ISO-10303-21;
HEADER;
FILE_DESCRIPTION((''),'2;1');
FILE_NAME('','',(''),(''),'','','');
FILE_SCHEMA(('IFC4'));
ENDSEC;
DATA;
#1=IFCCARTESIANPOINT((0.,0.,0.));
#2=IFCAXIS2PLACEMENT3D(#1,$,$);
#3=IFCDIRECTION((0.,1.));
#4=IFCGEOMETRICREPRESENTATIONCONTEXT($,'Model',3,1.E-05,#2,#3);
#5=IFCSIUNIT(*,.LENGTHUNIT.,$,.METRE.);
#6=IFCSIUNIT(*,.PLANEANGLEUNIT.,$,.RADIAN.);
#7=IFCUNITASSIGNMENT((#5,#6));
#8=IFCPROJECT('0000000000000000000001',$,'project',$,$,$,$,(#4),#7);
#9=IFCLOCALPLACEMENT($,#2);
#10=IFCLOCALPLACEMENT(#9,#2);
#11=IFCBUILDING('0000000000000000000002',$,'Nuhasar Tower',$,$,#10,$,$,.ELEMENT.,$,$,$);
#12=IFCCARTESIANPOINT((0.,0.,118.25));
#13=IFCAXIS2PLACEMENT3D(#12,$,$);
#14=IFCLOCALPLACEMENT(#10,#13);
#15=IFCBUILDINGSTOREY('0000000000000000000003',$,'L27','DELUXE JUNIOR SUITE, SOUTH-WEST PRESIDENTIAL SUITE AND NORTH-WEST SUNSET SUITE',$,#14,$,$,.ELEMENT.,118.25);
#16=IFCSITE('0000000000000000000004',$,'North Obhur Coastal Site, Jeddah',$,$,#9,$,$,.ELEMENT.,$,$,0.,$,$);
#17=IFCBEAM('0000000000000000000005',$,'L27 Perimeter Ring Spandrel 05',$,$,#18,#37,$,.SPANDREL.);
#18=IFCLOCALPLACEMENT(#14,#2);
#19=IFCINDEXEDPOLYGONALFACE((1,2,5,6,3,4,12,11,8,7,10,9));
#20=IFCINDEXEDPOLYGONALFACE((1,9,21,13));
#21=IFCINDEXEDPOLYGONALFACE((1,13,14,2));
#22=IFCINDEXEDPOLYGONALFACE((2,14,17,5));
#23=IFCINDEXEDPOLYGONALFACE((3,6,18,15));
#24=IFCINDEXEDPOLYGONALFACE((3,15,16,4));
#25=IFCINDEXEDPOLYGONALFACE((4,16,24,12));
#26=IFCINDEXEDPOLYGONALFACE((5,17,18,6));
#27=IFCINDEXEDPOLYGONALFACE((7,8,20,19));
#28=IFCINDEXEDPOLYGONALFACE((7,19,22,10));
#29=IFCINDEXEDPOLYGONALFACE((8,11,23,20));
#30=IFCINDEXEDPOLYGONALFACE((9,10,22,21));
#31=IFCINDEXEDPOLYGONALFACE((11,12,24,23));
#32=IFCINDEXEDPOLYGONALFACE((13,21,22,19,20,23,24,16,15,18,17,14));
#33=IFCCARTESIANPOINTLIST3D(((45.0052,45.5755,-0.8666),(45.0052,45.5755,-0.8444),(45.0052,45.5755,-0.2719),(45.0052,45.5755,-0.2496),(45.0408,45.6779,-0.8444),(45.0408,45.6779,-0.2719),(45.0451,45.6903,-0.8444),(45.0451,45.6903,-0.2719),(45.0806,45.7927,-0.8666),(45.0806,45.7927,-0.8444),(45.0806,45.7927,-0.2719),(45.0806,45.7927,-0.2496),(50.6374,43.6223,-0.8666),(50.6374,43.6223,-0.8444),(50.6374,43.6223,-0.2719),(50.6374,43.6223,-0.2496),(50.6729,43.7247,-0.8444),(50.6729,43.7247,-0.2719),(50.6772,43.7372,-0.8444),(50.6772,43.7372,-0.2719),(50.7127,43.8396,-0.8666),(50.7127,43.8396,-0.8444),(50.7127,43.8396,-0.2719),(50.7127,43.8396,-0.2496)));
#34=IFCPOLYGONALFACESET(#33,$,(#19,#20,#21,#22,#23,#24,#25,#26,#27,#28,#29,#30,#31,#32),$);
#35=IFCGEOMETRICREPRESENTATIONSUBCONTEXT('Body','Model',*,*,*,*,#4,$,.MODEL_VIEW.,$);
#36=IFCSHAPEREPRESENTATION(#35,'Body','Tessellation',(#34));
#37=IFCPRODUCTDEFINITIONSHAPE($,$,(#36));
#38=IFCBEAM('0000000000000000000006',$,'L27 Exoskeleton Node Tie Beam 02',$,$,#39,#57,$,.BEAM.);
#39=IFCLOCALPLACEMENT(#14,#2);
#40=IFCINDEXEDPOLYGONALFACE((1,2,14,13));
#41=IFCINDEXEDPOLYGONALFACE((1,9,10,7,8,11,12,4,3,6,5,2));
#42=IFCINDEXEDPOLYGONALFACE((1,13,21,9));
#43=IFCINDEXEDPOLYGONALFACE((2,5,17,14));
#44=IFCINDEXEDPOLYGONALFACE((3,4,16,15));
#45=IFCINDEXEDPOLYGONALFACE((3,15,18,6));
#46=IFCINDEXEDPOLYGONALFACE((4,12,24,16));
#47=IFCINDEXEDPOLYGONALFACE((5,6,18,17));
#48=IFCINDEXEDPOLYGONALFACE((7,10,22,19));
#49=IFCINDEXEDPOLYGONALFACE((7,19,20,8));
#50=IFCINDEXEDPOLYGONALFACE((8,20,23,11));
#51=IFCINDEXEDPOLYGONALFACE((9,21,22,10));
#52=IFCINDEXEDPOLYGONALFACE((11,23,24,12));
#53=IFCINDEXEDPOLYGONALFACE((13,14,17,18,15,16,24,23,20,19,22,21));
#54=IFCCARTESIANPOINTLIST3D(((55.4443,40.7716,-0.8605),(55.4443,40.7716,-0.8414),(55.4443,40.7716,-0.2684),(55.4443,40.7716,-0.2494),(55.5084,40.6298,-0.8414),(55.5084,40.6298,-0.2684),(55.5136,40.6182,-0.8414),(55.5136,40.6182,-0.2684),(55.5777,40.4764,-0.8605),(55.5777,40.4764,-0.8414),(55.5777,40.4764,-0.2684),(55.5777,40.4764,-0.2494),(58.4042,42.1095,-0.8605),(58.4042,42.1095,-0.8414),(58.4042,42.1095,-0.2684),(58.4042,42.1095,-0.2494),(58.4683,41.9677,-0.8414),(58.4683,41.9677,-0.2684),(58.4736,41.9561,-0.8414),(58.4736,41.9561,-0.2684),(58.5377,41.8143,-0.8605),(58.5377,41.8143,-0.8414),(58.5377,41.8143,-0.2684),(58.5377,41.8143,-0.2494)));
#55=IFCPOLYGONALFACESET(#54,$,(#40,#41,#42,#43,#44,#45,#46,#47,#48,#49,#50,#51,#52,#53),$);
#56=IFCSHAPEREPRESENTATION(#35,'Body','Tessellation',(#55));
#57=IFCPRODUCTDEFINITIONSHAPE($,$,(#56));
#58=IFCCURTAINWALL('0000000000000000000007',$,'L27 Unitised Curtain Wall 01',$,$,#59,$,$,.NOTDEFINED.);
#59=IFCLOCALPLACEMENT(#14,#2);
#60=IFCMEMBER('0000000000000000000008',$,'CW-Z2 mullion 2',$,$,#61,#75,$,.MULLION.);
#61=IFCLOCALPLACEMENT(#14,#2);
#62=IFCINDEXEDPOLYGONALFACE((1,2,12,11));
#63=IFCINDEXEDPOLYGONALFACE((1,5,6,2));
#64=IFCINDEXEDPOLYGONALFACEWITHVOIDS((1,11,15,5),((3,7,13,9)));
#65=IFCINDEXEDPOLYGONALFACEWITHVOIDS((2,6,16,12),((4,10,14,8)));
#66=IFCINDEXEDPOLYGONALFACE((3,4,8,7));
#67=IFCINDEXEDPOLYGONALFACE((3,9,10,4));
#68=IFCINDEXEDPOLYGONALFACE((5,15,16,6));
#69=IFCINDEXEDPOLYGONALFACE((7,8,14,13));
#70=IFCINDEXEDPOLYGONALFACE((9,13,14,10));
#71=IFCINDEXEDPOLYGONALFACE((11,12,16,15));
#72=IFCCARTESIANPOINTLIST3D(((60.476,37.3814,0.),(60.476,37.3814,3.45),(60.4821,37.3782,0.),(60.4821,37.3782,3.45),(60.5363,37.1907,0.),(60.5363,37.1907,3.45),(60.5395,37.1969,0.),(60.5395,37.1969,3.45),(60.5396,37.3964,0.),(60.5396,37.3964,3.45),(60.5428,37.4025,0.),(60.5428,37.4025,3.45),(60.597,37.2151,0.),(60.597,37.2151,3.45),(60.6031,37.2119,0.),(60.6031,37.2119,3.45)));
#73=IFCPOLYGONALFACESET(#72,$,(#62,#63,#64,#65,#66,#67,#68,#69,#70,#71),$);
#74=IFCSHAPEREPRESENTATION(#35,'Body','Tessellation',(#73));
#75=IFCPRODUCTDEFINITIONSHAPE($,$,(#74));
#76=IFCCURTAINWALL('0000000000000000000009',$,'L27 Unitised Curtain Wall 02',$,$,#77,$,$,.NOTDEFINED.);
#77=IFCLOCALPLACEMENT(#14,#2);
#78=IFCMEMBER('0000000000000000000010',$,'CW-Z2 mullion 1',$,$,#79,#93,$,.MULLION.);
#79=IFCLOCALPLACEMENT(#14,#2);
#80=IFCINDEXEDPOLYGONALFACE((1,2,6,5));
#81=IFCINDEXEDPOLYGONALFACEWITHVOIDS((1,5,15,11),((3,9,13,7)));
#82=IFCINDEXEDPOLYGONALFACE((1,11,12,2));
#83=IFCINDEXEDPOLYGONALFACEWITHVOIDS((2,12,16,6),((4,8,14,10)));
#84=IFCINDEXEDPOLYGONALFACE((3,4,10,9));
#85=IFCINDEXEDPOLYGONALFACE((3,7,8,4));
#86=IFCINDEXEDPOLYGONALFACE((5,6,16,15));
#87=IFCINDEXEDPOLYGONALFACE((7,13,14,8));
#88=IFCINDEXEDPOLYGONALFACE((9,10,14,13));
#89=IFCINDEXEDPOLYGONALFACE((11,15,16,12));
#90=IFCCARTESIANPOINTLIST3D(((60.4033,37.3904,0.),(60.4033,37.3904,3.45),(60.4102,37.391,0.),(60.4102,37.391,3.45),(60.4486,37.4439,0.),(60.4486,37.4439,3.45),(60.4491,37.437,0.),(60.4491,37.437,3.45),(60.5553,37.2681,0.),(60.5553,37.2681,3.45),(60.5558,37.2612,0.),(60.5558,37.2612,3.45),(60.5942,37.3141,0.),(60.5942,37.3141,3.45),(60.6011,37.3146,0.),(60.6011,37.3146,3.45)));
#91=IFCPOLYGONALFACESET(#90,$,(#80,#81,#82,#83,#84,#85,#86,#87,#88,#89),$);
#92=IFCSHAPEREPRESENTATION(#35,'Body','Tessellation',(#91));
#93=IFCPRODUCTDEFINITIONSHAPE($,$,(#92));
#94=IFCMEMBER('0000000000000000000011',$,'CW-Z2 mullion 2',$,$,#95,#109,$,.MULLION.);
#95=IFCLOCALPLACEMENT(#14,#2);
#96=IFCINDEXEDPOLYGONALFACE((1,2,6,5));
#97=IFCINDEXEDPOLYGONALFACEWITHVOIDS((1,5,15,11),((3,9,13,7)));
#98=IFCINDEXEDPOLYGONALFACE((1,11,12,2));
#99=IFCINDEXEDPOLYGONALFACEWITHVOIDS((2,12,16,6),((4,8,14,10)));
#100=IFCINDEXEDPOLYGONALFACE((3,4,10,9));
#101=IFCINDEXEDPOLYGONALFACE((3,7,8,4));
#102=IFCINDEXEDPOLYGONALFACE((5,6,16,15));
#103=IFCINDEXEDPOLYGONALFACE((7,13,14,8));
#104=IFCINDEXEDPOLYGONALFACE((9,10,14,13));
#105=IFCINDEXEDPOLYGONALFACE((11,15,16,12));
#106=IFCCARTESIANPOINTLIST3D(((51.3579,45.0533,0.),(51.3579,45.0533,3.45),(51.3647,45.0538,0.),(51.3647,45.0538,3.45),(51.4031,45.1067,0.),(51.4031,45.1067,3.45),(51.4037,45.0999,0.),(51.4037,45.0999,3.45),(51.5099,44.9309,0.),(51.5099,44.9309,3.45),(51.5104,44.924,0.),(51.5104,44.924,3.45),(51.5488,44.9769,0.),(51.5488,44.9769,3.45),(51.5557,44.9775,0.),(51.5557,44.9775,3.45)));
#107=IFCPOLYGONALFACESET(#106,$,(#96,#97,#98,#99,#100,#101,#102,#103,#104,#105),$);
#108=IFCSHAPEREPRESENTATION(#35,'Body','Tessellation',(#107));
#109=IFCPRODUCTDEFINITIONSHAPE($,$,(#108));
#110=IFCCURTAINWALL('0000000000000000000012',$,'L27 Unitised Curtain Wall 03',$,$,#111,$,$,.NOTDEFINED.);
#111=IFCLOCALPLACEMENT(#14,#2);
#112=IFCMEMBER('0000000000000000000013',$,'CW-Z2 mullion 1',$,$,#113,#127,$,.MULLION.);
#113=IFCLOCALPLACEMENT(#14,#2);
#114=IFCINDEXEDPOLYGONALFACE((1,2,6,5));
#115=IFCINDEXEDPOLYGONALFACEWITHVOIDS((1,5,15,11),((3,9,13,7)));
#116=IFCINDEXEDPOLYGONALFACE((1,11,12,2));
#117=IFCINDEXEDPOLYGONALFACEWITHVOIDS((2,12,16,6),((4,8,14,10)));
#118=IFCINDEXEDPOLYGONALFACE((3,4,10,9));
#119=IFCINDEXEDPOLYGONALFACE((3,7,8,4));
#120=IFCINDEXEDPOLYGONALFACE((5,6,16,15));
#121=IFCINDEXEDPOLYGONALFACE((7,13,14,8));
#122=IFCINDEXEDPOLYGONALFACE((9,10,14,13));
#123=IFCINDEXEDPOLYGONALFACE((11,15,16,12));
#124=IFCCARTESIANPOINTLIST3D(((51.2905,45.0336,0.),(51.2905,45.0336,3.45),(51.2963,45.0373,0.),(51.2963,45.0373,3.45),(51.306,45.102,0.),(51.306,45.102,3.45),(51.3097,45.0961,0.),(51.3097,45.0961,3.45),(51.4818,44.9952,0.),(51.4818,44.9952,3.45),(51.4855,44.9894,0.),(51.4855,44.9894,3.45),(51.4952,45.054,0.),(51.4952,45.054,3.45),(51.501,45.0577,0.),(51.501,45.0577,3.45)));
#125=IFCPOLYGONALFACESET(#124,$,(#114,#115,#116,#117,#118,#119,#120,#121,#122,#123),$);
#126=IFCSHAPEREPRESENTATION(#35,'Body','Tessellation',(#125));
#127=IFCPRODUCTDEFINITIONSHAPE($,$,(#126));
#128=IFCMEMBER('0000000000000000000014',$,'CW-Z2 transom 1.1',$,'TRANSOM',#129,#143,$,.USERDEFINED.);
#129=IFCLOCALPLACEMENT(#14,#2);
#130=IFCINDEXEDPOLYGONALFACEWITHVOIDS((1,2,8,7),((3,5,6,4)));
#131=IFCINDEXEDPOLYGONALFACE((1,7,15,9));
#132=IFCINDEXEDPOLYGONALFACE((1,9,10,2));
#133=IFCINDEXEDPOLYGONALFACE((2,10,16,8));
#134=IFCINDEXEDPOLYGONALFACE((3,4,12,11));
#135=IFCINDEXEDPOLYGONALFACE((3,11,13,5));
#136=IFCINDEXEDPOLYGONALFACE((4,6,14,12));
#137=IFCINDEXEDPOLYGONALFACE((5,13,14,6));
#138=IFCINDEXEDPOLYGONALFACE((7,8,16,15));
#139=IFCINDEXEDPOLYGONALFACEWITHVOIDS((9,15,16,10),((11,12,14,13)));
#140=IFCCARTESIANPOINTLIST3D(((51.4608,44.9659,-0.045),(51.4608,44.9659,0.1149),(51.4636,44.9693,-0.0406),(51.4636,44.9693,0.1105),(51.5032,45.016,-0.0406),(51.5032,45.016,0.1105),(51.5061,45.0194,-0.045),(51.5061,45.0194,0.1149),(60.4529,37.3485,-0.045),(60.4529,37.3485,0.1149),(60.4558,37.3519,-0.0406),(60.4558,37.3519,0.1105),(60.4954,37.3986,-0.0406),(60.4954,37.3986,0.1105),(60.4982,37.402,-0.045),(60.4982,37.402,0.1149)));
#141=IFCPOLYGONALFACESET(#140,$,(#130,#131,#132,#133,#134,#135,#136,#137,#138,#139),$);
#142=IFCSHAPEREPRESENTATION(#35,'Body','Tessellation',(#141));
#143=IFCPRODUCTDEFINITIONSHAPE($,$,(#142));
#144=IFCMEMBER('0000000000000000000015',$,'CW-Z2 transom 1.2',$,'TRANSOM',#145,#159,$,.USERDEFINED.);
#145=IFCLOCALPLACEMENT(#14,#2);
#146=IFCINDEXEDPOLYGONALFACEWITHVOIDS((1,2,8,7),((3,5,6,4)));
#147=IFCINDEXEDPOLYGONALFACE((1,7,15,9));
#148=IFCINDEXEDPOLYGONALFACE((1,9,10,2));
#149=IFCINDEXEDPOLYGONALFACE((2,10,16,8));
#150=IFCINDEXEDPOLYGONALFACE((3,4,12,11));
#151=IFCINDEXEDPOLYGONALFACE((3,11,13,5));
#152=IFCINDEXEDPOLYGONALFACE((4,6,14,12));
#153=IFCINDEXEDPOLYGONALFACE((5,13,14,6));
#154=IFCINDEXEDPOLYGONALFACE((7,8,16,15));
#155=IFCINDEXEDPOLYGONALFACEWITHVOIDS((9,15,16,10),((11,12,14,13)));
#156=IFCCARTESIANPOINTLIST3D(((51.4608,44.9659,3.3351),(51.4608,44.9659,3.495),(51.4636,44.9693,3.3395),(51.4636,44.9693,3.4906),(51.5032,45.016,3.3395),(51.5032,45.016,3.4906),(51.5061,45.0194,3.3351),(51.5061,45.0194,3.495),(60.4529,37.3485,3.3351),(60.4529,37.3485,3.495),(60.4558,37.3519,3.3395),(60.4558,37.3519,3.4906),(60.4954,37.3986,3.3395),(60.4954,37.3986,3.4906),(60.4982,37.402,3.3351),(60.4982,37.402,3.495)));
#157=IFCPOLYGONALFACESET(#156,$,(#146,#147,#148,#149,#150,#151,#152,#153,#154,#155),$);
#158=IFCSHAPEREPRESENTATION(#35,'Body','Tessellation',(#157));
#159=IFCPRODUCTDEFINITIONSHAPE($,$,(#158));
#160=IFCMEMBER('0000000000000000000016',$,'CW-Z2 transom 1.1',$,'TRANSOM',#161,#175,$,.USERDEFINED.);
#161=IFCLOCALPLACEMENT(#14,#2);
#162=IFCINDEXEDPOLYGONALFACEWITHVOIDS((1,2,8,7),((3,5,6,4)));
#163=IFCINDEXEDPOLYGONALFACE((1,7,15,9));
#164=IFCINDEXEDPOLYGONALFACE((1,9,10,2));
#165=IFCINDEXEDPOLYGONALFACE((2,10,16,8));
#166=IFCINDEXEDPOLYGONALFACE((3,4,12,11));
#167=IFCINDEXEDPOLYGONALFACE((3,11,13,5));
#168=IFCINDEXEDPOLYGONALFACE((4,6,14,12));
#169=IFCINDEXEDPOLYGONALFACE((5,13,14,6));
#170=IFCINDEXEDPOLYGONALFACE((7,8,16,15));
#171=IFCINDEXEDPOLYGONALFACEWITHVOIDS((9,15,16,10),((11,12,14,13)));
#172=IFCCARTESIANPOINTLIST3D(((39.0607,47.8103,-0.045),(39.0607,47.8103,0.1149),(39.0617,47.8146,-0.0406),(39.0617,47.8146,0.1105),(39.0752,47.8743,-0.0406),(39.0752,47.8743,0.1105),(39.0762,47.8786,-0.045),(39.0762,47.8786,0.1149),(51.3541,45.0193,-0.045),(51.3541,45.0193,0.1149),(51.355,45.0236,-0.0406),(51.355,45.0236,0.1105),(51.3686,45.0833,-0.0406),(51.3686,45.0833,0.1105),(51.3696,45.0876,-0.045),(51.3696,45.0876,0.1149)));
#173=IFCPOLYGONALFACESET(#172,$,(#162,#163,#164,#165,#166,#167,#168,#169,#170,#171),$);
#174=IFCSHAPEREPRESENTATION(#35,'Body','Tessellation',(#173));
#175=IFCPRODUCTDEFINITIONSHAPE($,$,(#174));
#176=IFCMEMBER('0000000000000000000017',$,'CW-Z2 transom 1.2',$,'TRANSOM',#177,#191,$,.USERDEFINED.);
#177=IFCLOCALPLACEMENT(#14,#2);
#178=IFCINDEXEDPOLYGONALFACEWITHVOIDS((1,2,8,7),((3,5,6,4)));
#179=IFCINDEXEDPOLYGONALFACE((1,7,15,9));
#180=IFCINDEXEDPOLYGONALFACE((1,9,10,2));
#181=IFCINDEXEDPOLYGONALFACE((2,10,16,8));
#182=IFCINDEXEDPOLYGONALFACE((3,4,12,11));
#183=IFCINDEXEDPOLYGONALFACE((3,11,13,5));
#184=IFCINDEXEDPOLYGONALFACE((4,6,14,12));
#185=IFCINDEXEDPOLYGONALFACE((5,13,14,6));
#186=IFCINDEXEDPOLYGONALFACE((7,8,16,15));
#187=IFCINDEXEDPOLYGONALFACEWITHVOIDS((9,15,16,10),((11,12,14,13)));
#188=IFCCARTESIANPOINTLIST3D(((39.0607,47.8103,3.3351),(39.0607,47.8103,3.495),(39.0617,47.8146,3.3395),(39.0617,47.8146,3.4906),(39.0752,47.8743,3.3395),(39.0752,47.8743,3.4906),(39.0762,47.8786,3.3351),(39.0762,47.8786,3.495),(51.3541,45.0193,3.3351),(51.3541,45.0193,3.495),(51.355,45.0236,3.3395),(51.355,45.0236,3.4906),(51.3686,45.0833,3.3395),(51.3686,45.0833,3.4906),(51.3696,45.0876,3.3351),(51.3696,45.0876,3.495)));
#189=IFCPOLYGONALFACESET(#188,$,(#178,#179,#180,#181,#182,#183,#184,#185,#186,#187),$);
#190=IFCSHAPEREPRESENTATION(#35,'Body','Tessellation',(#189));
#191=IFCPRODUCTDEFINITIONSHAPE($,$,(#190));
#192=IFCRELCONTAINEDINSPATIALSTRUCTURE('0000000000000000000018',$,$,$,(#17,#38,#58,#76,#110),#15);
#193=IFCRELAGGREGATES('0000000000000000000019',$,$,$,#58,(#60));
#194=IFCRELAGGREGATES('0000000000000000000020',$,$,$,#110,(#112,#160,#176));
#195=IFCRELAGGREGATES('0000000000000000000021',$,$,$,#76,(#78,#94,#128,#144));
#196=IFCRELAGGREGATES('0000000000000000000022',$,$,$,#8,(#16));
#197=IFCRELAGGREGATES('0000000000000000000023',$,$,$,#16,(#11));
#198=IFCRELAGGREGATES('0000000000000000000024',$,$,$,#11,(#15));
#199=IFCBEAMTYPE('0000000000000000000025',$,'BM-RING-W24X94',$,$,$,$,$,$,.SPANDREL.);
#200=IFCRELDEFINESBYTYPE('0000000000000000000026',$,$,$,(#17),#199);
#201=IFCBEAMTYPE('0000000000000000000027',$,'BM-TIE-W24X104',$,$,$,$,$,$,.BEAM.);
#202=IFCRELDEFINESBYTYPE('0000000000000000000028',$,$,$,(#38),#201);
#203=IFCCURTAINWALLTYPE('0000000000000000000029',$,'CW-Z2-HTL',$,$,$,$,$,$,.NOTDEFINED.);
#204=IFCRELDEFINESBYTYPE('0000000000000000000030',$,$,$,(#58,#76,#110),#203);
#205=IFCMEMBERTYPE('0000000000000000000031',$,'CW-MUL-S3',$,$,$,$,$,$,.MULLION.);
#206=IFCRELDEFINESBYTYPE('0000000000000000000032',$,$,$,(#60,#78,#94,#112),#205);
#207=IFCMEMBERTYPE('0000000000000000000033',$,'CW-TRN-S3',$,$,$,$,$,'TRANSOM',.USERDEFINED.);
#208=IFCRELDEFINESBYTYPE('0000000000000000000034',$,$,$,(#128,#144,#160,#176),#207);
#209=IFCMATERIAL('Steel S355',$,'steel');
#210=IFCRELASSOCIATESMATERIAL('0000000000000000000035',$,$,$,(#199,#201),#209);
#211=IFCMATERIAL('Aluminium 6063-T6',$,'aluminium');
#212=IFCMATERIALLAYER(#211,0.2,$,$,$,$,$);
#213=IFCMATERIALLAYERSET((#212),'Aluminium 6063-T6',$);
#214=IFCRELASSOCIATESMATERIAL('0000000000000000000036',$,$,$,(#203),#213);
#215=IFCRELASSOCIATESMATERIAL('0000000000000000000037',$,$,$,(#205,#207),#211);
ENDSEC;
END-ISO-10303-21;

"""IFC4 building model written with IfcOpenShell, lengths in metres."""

from ifc_helpers import new_model, si_unit, direction, frame, origin, origin_2d, place, context, subcontext, project, spatial, hollow_rectangle, i_section, extrude, material, layer, layer_set, material_profile, profile_set, type_object, element, aggregate, save


model = new_model("IFC4")

# Units and contexts
model_context = context("Model", 3, precision=1e-05, world=origin(), true_north=direction((0.0, 1.0)))
body_context = subcontext(model_context, "Body", "Model", "MODEL_VIEW")
ifc_project = project(units=[si_unit("LENGTHUNIT", "METRE"), si_unit("PLANEANGLEUNIT", "RADIAN")], contexts=[model_context])

# Site, building, storey
site_placement = place(None, origin())
site = spatial("IfcSite", under=ifc_project, at=site_placement, Name="North Obhur Coastal Site, Jeddah", CompositionType="ELEMENT", RefElevation=0.0)
building_placement = place(site_placement, origin())
building = spatial("IfcBuilding", under=site, at=building_placement, Name="Nuhasar Tower", CompositionType="ELEMENT")
storey_placement = place(building_placement, frame((0.0, 0.0, 118.25)))
storey = spatial("IfcBuildingStorey", under=building, at=storey_placement, Name="L27", Description="DELUXE JUNIOR SUITE, SOUTH-WEST PRESIDENTIAL SUITE AND NORTH-WEST SUNSET SUITE", CompositionType="ELEMENT", Elevation=118.25)

# Beams
ifc_material_1 = material(Name="Steel S355", Category="steel")
ifc_material_profile_1 = material_profile(ifc_material_1, i_section(OverallWidth=0.23, OverallDepth=0.6169, WebThickness=0.0132, FlangeThickness=0.0222, at=origin_2d()), Name="W24X94")
ifc_profile_set_1 = profile_set([ifc_material_profile_1], Name="Steel S355")
beam_type_1 = type_object("IfcBeamType", Name="BM-RING-W24X94", PredefinedType="SPANDREL", material=ifc_profile_set_1)
beam_1_placement = place(storey_placement, frame((50.675, 43.731, -0.5581), z_axis=(-0.944801, 0.327644, 0.0), x_axis=(-0.327644, -0.944801, 0.0)))
element("IfcBeam", 1, at=beam_1_placement, inside=storey, type_object=beam_type_1, Name="L27 Perimeter Ring Spandrel 05", PredefinedType="SPANDREL", context=body_context, shape_type="SweptSolid", body=[
    extrude(i_section(OverallWidth=0.23, OverallDepth=0.6169, WebThickness=0.0132, FlangeThickness=0.0222, at=origin_2d()), origin(), (0.0, 0.0, 1.0), 5.9612),
])
ifc_material_profile_2 = material_profile(ifc_material_1, i_section(OverallWidth=0.324, OverallDepth=0.6111, WebThickness=0.0127, FlangeThickness=0.019, at=origin_2d()), Name="W24X104")
ifc_profile_set_2 = profile_set([ifc_material_profile_2], Name="Steel S355")
beam_type_2 = type_object("IfcBeamType", Name="BM-TIE-W24X104", PredefinedType="BEAM", material=ifc_profile_set_2)
beam_2_placement = place(storey_placement, frame((55.511, 40.624, -0.5549), z_axis=(0.91124, 0.411877, 0.0), x_axis=(-0.411877, 0.91124, 0.0)))
element("IfcBeam", 2, at=beam_2_placement, inside=storey, type_object=beam_type_2, Name="L27 Exoskeleton Node Tie Beam 02", PredefinedType="BEAM", context=body_context, shape_type="SweptSolid", body=[
    extrude(i_section(OverallWidth=0.324, OverallDepth=0.6111, WebThickness=0.0127, FlangeThickness=0.019, at=origin_2d()), origin(), (0.0, 0.0, 1.0), 3.2483),
])

# Curtain wall, member
ifc_material_2 = material(Name="Aluminium 6063-T6", Category="aluminium")
ifc_layer_1 = layer(ifc_material_2, 0.2)
ifc_layer_set_1 = layer_set([ifc_layer_1], Name="Aluminium 6063-T6")
curtain_wall_type = type_object("IfcCurtainWallType", Name="CW-Z2-HTL", PredefinedType="NOTDEFINED", material=ifc_layer_set_1)
curtain_wall_1_placement = place(storey_placement, origin())
curtain_wall_1 = element("IfcCurtainWall", 3, at=curtain_wall_1_placement, inside=storey, type_object=curtain_wall_type, Name="L27 Unitised Curtain Wall 01", PredefinedType="NOTDEFINED")
ifc_material_profile_3 = material_profile(ifc_material_2, hollow_rectangle(XDim=0.0701, YDim=0.2, WallThickness=0.0049, at=origin_2d()), Name="CWM-3")
ifc_profile_set_3 = profile_set([ifc_material_profile_3], Name="Aluminium 6063-T6")
member_type_1 = type_object("IfcMemberType", Name="CW-MUL-S3", PredefinedType="MULLION", material=ifc_profile_set_3)
member_1_placement = place(storey_placement, frame((60.5396, 37.2966, 0.0), z_axis=(0.0, 0.0, 1.0), x_axis=(-0.953433, -0.301604, 0.0)))
member_1 = element("IfcMember", 4, at=member_1_placement, type_object=member_type_1, Name="CW-Z2 mullion 2", PredefinedType="MULLION", context=body_context, shape_type="SweptSolid", body=[
    extrude(hollow_rectangle(XDim=0.0701, YDim=0.2, WallThickness=0.0049, at=origin_2d()), origin(), (0.0, 0.0, 1.0), 3.45),
])
aggregate(curtain_wall_1, [member_1])

# Curtain wall, members
curtain_wall_2_placement = place(storey_placement, origin())
curtain_wall_2 = element("IfcCurtainWall", 5, at=curtain_wall_2_placement, inside=storey, type_object=curtain_wall_type, Name="L27 Unitised Curtain Wall 02", PredefinedType="NOTDEFINED")
member_2_placement = place(storey_placement, frame((60.5022, 37.3525, 0.0), z_axis=(0.0, 0.0, 1.0), x_axis=(-0.646374, -0.76302, 0.0)))
member_2 = element("IfcMember", 6, at=member_2_placement, type_object=member_type_1, Name="CW-Z2 mullion 1", PredefinedType="MULLION", context=body_context, shape_type="SweptSolid", body=[
    extrude(hollow_rectangle(XDim=0.0701, YDim=0.2, WallThickness=0.0049, at=origin_2d()), origin(), (0.0, 0.0, 1.0), 3.45),
])
member_3_placement = place(storey_placement, frame((51.4568, 45.0154, 0.0), z_axis=(0.0, 0.0, 1.0), x_axis=(-0.646374, -0.76302, 0.0)))
member_3 = element("IfcMember", 7, at=member_3_placement, type_object=member_type_1, Name="CW-Z2 mullion 2", PredefinedType="MULLION", context=body_context, shape_type="SweptSolid", body=[
    extrude(hollow_rectangle(XDim=0.0701, YDim=0.2, WallThickness=0.0049, at=origin_2d()), origin(), (0.0, 0.0, 1.0), 3.45),
])

# Curtain wall, member
curtain_wall_3_placement = place(storey_placement, origin())
curtain_wall_3 = element("IfcCurtainWall", 8, at=curtain_wall_3_placement, inside=storey, type_object=curtain_wall_type, Name="L27 Unitised Curtain Wall 03", PredefinedType="NOTDEFINED")
member_4_placement = place(storey_placement, frame((51.3958, 45.0457, 0.0), z_axis=(0.0, 0.0, 1.0), x_axis=(-0.221397, -0.975184, 0.0)))
member_4 = element("IfcMember", 9, at=member_4_placement, type_object=member_type_1, Name="CW-Z2 mullion 1", PredefinedType="MULLION", context=body_context, shape_type="SweptSolid", body=[
    extrude(hollow_rectangle(XDim=0.0701, YDim=0.2, WallThickness=0.0049, at=origin_2d()), origin(), (0.0, 0.0, 1.0), 3.45),
])

# Members
ifc_material_profile_4 = material_profile(ifc_material_2, hollow_rectangle(XDim=0.0701, YDim=0.1599, WallThickness=0.0044, at=origin_2d()), Name="CWT-3")
ifc_profile_set_4 = profile_set([ifc_material_profile_4], Name="Aluminium 6063-T6")
member_type_2 = type_object("IfcMemberType", Name="CW-TRN-S3", ElementType="TRANSOM", PredefinedType="USERDEFINED", material=ifc_profile_set_4)
member_5_placement = place(storey_placement, frame((60.4756, 37.3752, 0.0349), z_axis=(-0.763024, 0.64637, 0.0), x_axis=(-0.64637, -0.763024, 0.0)))
member_5 = element("IfcMember", 10, at=member_5_placement, type_object=member_type_2, Name="CW-Z2 transom 1.1", ObjectType="TRANSOM", PredefinedType="USERDEFINED", context=body_context, shape_type="SweptSolid", body=[
    extrude(hollow_rectangle(XDim=0.0701, YDim=0.1599, WallThickness=0.0044, at=origin_2d()), origin(), (0.0, 0.0, 1.0), 11.7849),
])
member_6_placement = place(storey_placement, frame((60.4756, 37.3752, 3.415), z_axis=(-0.763024, 0.64637, 0.0), x_axis=(-0.64637, -0.763024, 0.0)))
member_6 = element("IfcMember", 11, at=member_6_placement, type_object=member_type_2, Name="CW-Z2 transom 1.2", ObjectType="TRANSOM", PredefinedType="USERDEFINED", context=body_context, shape_type="SweptSolid", body=[
    extrude(hollow_rectangle(XDim=0.0701, YDim=0.1599, WallThickness=0.0044, at=origin_2d()), origin(), (0.0, 0.0, 1.0), 11.7849),
])
member_7_placement = place(storey_placement, frame((51.3618, 45.0535, 0.0349), z_axis=(-0.975183, 0.221398, 0.0), x_axis=(-0.221398, -0.975183, 0.0)))
member_7 = element("IfcMember", 12, at=member_7_placement, type_object=member_type_2, Name="CW-Z2 transom 1.1", ObjectType="TRANSOM", PredefinedType="USERDEFINED", context=body_context, shape_type="SweptSolid", body=[
    extrude(hollow_rectangle(XDim=0.0701, YDim=0.1599, WallThickness=0.0044, at=origin_2d()), origin(), (0.0, 0.0, 1.0), 12.6062),
])
member_8_placement = place(storey_placement, frame((51.3618, 45.0535, 3.415), z_axis=(-0.975183, 0.221398, 0.0), x_axis=(-0.221398, -0.975183, 0.0)))
member_8 = element("IfcMember", 13, at=member_8_placement, type_object=member_type_2, Name="CW-Z2 transom 1.2", ObjectType="TRANSOM", PredefinedType="USERDEFINED", context=body_context, shape_type="SweptSolid", body=[
    extrude(hollow_rectangle(XDim=0.0701, YDim=0.1599, WallThickness=0.0044, at=origin_2d()), origin(), (0.0, 0.0, 1.0), 12.6062),
])
aggregate(curtain_wall_3, [member_4, member_7, member_8])

aggregate(curtain_wall_2, [member_2, member_3, member_5, member_6])

save(model, "model.ifc")
